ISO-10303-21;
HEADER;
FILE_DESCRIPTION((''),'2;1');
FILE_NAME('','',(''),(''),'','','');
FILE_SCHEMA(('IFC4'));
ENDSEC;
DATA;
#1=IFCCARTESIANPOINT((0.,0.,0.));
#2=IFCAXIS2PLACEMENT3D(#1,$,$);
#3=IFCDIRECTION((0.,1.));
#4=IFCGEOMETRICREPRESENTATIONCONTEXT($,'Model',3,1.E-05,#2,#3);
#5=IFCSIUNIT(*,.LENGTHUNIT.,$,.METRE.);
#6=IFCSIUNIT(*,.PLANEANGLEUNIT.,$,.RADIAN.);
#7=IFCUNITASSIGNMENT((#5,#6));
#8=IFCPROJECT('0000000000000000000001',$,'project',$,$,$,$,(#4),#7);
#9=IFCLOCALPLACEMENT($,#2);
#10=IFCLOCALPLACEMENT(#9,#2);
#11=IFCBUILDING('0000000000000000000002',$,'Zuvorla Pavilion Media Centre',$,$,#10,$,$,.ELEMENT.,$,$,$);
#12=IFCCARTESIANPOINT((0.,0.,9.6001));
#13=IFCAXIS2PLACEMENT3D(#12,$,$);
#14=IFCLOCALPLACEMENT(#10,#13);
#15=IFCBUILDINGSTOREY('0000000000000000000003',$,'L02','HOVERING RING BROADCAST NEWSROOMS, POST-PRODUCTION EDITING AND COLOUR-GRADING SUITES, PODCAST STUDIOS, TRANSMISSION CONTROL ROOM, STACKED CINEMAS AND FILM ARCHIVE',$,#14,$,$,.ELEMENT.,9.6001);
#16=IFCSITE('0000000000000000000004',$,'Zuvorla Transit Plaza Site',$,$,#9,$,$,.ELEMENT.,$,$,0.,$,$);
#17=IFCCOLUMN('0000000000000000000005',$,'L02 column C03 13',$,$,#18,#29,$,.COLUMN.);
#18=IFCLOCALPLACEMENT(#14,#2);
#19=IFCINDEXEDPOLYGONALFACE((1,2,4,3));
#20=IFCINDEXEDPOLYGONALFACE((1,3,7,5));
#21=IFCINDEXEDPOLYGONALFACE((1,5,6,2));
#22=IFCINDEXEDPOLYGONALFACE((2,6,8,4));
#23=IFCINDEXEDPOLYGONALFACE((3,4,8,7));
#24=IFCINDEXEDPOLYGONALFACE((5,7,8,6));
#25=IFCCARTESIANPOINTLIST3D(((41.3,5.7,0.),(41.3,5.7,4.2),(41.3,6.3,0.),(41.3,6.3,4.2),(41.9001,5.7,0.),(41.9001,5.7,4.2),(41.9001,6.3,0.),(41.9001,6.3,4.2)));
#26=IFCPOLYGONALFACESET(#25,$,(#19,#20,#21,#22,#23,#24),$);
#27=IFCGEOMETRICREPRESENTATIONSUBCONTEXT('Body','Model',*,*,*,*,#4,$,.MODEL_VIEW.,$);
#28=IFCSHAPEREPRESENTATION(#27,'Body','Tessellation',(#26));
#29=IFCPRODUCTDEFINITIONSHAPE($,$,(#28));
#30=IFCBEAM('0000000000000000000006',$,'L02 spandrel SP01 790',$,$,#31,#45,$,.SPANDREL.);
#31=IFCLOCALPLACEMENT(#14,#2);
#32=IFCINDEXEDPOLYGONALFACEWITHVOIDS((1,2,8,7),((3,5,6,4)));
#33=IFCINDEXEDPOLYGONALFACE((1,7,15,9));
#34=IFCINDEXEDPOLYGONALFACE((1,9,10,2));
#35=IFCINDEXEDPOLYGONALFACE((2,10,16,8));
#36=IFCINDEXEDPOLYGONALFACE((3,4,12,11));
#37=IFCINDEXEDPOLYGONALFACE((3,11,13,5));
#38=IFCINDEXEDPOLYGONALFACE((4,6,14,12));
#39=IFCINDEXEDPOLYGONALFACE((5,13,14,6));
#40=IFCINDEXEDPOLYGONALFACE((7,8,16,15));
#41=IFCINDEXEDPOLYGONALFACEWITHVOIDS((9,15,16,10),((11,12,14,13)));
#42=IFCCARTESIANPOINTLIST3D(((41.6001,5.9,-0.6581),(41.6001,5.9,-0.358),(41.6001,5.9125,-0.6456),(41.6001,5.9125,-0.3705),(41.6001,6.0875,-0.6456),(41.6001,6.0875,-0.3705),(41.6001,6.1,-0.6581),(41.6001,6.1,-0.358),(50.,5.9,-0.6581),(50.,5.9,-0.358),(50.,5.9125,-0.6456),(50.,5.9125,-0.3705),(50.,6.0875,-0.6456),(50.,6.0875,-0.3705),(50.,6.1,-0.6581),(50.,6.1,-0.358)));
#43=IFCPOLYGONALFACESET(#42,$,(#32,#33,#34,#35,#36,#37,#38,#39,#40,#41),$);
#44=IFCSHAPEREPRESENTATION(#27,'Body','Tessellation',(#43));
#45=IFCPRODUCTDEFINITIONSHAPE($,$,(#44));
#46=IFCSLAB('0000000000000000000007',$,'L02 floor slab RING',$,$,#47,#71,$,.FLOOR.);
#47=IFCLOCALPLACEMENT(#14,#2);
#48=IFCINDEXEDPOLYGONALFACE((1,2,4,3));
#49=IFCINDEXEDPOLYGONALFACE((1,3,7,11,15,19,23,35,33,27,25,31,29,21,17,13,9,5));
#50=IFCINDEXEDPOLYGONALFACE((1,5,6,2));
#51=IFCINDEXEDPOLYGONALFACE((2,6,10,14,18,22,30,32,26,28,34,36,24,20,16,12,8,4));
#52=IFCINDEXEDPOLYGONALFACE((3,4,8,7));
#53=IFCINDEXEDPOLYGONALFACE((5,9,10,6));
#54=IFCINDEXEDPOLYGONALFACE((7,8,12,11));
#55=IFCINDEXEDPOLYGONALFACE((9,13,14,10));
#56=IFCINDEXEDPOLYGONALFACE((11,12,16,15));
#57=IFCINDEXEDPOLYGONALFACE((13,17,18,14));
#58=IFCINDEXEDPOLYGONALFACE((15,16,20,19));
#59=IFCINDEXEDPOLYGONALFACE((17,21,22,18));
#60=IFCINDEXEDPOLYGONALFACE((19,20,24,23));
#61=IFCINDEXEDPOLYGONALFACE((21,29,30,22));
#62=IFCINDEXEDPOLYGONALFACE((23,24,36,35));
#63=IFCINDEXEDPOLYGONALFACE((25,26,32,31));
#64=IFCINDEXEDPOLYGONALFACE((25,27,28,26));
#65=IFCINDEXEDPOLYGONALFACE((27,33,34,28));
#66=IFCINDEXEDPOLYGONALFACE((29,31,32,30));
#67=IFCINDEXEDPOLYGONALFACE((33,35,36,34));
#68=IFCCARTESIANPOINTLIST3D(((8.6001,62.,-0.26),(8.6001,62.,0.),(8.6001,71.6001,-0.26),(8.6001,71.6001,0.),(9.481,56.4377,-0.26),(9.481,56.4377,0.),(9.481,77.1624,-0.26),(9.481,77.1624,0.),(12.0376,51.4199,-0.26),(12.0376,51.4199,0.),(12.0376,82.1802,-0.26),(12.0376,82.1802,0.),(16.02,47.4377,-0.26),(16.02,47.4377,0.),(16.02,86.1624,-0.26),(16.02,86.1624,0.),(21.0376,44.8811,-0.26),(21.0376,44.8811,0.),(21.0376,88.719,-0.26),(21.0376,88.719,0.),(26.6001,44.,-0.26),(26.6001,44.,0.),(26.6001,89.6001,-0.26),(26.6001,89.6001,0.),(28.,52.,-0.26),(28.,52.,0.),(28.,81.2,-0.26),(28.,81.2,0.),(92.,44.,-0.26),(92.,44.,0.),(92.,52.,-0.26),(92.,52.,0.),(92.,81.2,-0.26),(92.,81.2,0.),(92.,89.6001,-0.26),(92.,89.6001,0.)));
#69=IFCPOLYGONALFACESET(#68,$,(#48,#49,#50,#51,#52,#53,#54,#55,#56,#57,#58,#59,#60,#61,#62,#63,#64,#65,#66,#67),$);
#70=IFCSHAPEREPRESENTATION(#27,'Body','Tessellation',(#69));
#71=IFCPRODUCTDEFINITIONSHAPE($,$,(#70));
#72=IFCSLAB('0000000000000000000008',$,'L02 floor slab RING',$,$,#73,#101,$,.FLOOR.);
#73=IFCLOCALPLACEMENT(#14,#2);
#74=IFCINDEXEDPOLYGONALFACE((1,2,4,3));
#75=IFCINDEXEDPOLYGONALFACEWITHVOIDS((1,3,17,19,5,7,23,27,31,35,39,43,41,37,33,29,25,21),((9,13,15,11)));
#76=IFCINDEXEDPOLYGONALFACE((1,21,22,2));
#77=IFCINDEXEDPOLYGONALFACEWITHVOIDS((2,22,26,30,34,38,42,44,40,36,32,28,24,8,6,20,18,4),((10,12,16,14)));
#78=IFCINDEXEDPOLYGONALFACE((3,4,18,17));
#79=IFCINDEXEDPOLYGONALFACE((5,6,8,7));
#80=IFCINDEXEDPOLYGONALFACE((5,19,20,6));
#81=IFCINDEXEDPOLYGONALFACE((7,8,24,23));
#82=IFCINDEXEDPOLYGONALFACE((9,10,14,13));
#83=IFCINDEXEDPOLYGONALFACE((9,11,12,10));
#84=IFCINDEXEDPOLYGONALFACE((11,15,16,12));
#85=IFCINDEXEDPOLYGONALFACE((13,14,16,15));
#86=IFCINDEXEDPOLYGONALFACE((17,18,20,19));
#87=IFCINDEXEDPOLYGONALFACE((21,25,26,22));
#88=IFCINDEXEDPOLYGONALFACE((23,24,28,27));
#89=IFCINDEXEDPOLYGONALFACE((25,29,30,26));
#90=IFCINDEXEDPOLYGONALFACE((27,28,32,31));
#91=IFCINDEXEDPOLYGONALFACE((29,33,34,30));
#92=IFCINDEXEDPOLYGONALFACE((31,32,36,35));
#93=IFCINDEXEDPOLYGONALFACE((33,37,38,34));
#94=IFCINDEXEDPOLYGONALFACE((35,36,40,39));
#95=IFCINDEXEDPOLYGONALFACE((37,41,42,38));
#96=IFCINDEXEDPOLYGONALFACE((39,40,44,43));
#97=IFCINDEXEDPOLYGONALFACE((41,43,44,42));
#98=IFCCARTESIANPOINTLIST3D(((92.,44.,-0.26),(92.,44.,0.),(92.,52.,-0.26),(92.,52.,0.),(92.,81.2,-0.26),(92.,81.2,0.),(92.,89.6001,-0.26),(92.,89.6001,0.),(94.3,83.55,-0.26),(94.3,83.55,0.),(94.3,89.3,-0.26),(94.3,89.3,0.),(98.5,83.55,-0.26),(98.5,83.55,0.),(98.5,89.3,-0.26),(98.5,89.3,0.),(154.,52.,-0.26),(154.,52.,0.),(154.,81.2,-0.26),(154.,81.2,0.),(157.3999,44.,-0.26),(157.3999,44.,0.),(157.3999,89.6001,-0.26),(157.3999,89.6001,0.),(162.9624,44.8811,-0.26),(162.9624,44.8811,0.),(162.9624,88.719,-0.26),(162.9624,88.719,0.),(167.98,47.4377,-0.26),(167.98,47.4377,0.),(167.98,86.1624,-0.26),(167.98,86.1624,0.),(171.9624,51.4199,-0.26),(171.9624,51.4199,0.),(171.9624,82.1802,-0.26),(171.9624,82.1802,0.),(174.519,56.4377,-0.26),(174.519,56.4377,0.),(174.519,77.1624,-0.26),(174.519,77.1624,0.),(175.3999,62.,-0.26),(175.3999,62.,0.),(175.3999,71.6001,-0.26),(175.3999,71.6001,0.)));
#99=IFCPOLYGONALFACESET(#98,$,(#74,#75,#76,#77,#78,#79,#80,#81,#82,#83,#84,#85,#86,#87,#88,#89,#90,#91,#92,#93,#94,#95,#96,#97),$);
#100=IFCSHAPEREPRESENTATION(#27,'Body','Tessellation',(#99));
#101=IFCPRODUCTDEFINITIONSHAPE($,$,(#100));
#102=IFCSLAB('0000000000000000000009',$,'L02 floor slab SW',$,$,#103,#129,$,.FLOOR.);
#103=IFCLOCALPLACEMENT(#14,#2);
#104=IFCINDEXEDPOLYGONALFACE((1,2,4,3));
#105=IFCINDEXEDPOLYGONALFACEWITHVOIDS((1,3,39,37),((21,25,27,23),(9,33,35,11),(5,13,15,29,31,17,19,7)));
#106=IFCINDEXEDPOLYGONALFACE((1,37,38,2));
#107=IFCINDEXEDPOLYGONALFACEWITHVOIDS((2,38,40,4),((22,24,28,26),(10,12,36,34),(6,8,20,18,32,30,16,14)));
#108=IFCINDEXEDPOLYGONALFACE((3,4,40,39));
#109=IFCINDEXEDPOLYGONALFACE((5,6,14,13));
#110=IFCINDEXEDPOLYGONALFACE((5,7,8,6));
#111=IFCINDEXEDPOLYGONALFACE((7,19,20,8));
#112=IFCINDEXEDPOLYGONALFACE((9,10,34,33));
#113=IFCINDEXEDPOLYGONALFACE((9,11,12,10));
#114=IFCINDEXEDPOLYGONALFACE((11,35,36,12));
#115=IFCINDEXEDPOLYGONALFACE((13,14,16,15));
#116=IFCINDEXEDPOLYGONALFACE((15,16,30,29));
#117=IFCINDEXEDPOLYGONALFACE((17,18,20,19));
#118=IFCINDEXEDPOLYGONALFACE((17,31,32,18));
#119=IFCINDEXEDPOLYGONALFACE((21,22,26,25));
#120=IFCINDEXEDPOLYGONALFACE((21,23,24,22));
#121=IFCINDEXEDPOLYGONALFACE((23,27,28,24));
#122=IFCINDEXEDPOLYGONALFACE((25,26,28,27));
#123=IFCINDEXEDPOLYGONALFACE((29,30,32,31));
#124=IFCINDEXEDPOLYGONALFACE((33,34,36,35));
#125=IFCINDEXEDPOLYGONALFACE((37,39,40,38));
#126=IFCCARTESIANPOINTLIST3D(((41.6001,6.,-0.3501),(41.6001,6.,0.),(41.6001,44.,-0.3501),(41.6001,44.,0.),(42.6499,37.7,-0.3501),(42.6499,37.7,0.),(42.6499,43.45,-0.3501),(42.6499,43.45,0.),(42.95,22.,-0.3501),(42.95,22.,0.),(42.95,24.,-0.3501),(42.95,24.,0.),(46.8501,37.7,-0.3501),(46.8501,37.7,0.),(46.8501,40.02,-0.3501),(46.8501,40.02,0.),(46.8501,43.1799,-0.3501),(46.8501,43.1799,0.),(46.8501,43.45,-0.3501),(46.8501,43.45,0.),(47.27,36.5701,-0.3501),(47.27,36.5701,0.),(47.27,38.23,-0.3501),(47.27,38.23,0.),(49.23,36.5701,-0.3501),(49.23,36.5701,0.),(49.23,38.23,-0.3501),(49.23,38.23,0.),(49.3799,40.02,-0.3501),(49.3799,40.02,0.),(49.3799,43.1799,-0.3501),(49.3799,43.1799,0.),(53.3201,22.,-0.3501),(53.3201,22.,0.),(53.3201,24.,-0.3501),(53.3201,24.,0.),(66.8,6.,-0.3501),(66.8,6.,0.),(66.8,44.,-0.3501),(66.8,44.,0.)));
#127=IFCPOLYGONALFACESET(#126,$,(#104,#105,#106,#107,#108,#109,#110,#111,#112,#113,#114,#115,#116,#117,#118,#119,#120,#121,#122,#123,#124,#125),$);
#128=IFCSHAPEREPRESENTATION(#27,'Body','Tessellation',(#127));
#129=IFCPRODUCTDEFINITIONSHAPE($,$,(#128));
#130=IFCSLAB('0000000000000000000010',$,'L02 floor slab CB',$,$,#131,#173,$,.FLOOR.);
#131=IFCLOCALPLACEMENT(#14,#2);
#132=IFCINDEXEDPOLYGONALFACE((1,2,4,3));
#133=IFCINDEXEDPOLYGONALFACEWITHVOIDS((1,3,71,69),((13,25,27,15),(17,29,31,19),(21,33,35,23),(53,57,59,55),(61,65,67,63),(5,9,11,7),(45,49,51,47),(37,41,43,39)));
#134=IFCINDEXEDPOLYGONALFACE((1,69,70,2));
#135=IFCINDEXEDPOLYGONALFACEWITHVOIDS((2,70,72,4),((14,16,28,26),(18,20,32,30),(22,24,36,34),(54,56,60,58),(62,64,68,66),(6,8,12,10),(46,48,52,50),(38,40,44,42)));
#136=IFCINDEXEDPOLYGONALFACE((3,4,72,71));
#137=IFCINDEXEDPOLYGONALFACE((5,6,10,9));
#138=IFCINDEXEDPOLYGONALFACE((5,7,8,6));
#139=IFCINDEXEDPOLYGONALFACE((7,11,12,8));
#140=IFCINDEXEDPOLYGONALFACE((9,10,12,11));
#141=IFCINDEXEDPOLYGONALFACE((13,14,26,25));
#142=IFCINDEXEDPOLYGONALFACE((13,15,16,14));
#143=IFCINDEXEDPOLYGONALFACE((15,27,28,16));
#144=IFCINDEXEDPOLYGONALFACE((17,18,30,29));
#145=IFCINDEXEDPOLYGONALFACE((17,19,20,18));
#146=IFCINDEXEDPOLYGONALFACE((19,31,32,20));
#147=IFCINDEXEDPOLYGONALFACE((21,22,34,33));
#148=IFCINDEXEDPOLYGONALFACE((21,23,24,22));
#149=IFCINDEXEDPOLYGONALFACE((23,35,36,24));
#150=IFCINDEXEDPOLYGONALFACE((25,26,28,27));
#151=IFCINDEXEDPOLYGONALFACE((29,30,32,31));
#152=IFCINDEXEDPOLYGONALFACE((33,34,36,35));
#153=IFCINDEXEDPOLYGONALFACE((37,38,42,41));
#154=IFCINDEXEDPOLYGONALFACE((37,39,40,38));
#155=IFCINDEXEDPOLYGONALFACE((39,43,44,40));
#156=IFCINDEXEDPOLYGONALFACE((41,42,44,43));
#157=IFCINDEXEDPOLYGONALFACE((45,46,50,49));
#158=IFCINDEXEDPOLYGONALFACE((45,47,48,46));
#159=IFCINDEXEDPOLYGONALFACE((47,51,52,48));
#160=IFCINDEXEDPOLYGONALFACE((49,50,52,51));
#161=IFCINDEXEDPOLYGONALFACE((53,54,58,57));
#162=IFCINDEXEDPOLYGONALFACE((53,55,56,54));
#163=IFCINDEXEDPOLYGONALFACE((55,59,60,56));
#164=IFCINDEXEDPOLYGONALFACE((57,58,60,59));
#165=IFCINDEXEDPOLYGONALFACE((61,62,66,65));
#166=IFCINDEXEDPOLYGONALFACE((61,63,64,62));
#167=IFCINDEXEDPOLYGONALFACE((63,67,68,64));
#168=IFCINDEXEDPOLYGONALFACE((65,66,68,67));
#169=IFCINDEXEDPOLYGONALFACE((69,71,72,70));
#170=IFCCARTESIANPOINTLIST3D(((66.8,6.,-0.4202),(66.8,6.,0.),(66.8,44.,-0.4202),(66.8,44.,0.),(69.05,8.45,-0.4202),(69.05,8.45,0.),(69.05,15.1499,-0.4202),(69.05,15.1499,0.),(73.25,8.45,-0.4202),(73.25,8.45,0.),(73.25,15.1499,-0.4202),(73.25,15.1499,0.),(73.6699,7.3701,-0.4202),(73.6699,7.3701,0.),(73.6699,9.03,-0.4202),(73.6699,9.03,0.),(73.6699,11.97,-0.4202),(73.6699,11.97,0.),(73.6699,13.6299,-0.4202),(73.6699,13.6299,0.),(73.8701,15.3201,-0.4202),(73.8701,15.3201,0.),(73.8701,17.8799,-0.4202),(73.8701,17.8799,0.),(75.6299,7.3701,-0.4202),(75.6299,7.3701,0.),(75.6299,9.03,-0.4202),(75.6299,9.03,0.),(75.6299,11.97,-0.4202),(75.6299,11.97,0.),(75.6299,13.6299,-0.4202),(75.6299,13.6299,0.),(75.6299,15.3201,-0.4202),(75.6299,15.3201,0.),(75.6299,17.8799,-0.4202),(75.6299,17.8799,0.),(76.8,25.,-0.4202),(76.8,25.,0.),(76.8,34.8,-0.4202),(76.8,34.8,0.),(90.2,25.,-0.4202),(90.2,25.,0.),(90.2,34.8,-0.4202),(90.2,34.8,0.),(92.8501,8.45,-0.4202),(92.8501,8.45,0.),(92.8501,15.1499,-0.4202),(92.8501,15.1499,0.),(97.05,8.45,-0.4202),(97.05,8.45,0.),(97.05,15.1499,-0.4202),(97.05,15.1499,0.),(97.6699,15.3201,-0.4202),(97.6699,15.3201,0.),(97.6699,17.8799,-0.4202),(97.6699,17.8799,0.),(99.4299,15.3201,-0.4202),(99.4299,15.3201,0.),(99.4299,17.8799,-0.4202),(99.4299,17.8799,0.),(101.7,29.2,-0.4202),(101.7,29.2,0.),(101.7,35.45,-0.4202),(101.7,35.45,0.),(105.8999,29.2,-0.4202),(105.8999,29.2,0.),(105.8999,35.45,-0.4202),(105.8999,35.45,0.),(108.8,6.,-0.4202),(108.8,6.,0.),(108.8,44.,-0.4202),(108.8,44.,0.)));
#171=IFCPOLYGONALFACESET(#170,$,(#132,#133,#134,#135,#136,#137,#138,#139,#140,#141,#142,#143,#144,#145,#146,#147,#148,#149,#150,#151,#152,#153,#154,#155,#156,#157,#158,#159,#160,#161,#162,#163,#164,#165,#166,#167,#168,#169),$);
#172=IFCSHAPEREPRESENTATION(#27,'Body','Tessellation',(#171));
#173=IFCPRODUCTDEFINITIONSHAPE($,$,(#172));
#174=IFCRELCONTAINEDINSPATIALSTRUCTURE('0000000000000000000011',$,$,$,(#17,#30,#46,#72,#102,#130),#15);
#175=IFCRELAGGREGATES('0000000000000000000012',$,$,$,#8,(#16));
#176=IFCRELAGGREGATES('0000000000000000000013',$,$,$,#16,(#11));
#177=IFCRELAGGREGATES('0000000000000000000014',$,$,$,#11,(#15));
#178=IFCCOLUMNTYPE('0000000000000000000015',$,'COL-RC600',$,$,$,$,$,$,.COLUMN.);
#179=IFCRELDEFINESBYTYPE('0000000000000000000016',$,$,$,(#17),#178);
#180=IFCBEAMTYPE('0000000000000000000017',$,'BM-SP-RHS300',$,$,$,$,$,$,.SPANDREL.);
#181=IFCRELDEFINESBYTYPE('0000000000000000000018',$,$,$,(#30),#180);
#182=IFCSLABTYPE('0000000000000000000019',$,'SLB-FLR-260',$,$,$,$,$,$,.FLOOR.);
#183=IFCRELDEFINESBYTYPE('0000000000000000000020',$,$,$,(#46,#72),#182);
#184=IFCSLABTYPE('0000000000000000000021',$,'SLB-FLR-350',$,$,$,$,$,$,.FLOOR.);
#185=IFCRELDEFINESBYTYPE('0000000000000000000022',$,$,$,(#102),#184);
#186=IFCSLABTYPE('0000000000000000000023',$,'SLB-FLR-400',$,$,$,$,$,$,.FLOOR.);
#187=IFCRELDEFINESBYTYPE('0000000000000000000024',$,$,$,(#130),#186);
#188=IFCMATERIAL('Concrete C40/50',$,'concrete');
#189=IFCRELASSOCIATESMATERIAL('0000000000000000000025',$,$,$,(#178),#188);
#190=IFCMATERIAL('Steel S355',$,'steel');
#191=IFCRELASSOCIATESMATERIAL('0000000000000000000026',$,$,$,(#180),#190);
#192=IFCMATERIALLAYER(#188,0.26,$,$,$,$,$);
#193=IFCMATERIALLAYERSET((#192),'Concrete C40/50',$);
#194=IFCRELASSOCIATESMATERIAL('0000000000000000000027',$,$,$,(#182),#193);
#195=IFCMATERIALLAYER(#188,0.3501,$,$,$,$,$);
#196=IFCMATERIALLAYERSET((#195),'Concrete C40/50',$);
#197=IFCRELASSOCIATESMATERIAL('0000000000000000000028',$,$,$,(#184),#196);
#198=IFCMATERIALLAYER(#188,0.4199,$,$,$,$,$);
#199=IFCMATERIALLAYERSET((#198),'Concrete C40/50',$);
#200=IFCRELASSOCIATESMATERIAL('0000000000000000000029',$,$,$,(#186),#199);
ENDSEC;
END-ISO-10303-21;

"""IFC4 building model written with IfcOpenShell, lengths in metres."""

from ifc_helpers import new_model, si_unit, direction, frame, origin, origin_2d, place, context, subcontext, project, spatial, polyline, rectangle, hollow_rectangle, outline, extrude, material, layer, layer_set, material_profile, profile_set, type_object, element, save


model = new_model("IFC4")

# Units and contexts
model_context = context("Model", 3, precision=1e-05, world=origin(), true_north=direction((0.0, 1.0)))
body_context = subcontext(model_context, "Body", "Model", "MODEL_VIEW")
ifc_project = project(units=[si_unit("LENGTHUNIT", "METRE"), si_unit("PLANEANGLEUNIT", "RADIAN")], contexts=[model_context])

# Site, building, storey
site_placement = place(None, origin())
site = spatial("IfcSite", under=ifc_project, at=site_placement, Name="Zuvorla Transit Plaza Site", CompositionType="ELEMENT", RefElevation=0.0)
building_placement = place(site_placement, origin())
building = spatial("IfcBuilding", under=site, at=building_placement, Name="Zuvorla Pavilion Media Centre", CompositionType="ELEMENT")
storey_placement = place(building_placement, frame((0.0, 0.0, 9.6001)))
storey = spatial("IfcBuildingStorey", under=building, at=storey_placement, Name="L02", Description="HOVERING RING BROADCAST NEWSROOMS, POST-PRODUCTION EDITING AND COLOUR-GRADING SUITES, PODCAST STUDIOS, TRANSMISSION CONTROL ROOM, STACKED CINEMAS AND FILM ARCHIVE", CompositionType="ELEMENT", Elevation=9.6001)

# Column
ifc_material_1 = material(Name="Concrete C40/50", Category="concrete")
ifc_material_profile_1 = material_profile(ifc_material_1, rectangle(XDim=0.6001, YDim=0.6001, at=origin_2d()), Name="RC 600x600")
ifc_profile_set_1 = profile_set([ifc_material_profile_1], Name="Concrete C40/50")
column_type = type_object("IfcColumnType", Name="COL-RC600", PredefinedType="COLUMN", material=ifc_profile_set_1)
column_placement = place(storey_placement, frame((41.6001, 6.0, 0.0), z_axis=(0.0, 0.0, 1.0), x_axis=(1.0, 0.0, 0.0)))
element("IfcColumn", 1, at=column_placement, inside=storey, type_object=column_type, Name="L02 column C03 13", PredefinedType="COLUMN", context=body_context, shape_type="SweptSolid", body=[
    extrude(rectangle(XDim=0.6001, YDim=0.6001, at=origin_2d()), origin(), (0.0, 0.0, 1.0), 4.2),
])

# Beam
ifc_material_2 = material(Name="Steel S355", Category="steel")
ifc_material_profile_2 = material_profile(ifc_material_2, hollow_rectangle(XDim=0.2, YDim=0.3, WallThickness=0.0125, at=origin_2d()), Name="RHS 300x200x12.5")
ifc_profile_set_2 = profile_set([ifc_material_profile_2], Name="Steel S355")
beam_type = type_object("IfcBeamType", Name="BM-SP-RHS300", PredefinedType="SPANDREL", material=ifc_profile_set_2)
beam_placement = place(storey_placement, frame((41.6001, 6.0, -0.5081), z_axis=(1.0, 0.0, 0.0), x_axis=(0.0, 1.0, 0.0)))
element("IfcBeam", 2, at=beam_placement, inside=storey, type_object=beam_type, Name="L02 spandrel SP01 790", PredefinedType="SPANDREL", context=body_context, shape_type="SweptSolid", body=[
    extrude(hollow_rectangle(XDim=0.2, YDim=0.3, WallThickness=0.0125, at=origin_2d()), origin(), (0.0, 0.0, 1.0), 8.3999),
])

# Slabs
ifc_layer_1 = layer(ifc_material_1, 0.26)
ifc_layer_set_1 = layer_set([ifc_layer_1], Name="Concrete C40/50")
slab_type_1 = type_object("IfcSlabType", Name="SLB-FLR-260", PredefinedType="FLOOR", material=ifc_layer_set_1)
slab_1_placement = place(storey_placement, frame((0.0, 0.0, -0.26)))
element("IfcSlab", 3, at=slab_1_placement, inside=storey, type_object=slab_type_1, Name="L02 floor slab RING", PredefinedType="FLOOR", context=body_context, shape_type="SweptSolid", body=[
    extrude(outline(polyline([(21.0376, 44.8811), (16.02, 47.4377), (12.0376, 51.4199), (9.481, 56.4377), (8.6001, 62.0), (8.6001, 71.6001), (9.481, 77.1624), (12.0376, 82.1802), (16.02, 86.1624), (21.0376, 88.719), (26.6001, 89.6001), (92.0, 89.6001), (92.0, 81.2), (28.0, 81.2), (28.0, 52.0), (92.0, 52.0), (92.0, 44.0), (26.6001, 44.0), (21.0376, 44.8811)])), origin(), (0.0, 0.0, 1.0), 0.26),
])
slab_2_placement = place(storey_placement, frame((0.0, 0.0, -0.26)))
element("IfcSlab", 4, at=slab_2_placement, inside=storey, type_object=slab_type_1, Name="L02 floor slab RING", PredefinedType="FLOOR", context=body_context, shape_type="SweptSolid", body=[
    extrude(outline(polyline([(162.9624, 88.719), (167.98, 86.1624), (171.9624, 82.1802), (174.519, 77.1624), (175.3999, 71.6001), (175.3999, 62.0), (174.519, 56.4377), (171.9624, 51.4199), (167.98, 47.4377), (162.9624, 44.8811), (157.3999, 44.0), (92.0, 44.0), (92.0, 52.0), (154.0, 52.0), (154.0, 81.2), (92.0, 81.2), (92.0, 89.6001), (157.3999, 89.6001), (162.9624, 88.719)]), holes=[polyline([(98.5, 89.3), (94.3, 89.3), (94.3, 83.55), (98.5, 83.55), (98.5, 89.3)])]), origin(), (0.0, 0.0, 1.0), 0.26),
])
ifc_layer_2 = layer(ifc_material_1, 0.3501)
ifc_layer_set_2 = layer_set([ifc_layer_2], Name="Concrete C40/50")
slab_type_2 = type_object("IfcSlabType", Name="SLB-FLR-350", PredefinedType="FLOOR", material=ifc_layer_set_2)
slab_3_placement = place(storey_placement, frame((0.0, 0.0, -0.3501)))
element("IfcSlab", 5, at=slab_3_placement, inside=storey, type_object=slab_type_2, Name="L02 floor slab SW", PredefinedType="FLOOR", context=body_context, shape_type="SweptSolid", body=[
    extrude(outline(polyline([(41.6001, 6.0), (41.6001, 44.0), (66.8, 44.0), (66.8, 6.0), (41.6001, 6.0)]), holes=[polyline([(42.95, 22.0), (53.3201, 22.0), (53.3201, 24.0), (42.95, 24.0), (42.95, 22.0)]), polyline([(47.27, 36.5701), (49.23, 36.5701), (49.23, 38.23), (47.27, 38.23), (47.27, 36.5701)]), polyline([(46.8501, 37.7), (46.8501, 40.02), (49.3799, 40.02), (49.3799, 43.1799), (46.8501, 43.1799), (46.8501, 43.45), (42.6499, 43.45), (42.6499, 37.7), (46.8501, 37.7)])]), origin(), (0.0, 0.0, 1.0), 0.3501),
])
ifc_layer_3 = layer(ifc_material_1, 0.4199)
ifc_layer_set_3 = layer_set([ifc_layer_3], Name="Concrete C40/50")
slab_type_3 = type_object("IfcSlabType", Name="SLB-FLR-400", PredefinedType="FLOOR", material=ifc_layer_set_3)
slab_4_placement = place(storey_placement, frame((0.0, 0.0, -0.4202)))
element("IfcSlab", 6, at=slab_4_placement, inside=storey, type_object=slab_type_3, Name="L02 floor slab CB", PredefinedType="FLOOR", context=body_context, shape_type="SweptSolid", body=[
    extrude(outline(polyline([(66.8, 6.0), (66.8, 44.0), (108.8, 44.0), (108.8, 6.0), (66.8, 6.0)]), holes=[polyline([(73.6699, 9.03), (73.6699, 7.3701), (75.6299, 7.3701), (75.6299, 9.03), (73.6699, 9.03)]), polyline([(69.05, 15.1499), (69.05, 8.45), (73.25, 8.45), (73.25, 15.1499), (69.05, 15.1499)]), polyline([(92.8501, 15.1499), (92.8501, 8.45), (97.05, 8.45), (97.05, 15.1499), (92.8501, 15.1499)]), polyline([(73.6699, 13.6299), (73.6699, 11.97), (75.6299, 11.97), (75.6299, 13.6299), (73.6699, 13.6299)]), polyline([(73.8701, 17.8799), (73.8701, 15.3201), (75.6299, 15.3201), (75.6299, 17.8799), (73.8701, 17.8799)]), polyline([(97.6699, 17.8799), (97.6699, 15.3201), (99.4299, 15.3201), (99.4299, 17.8799), (97.6699, 17.8799)]), polyline([(76.8, 34.8), (76.8, 25.0), (90.2, 25.0), (90.2, 34.8), (76.8, 34.8)]), polyline([(101.7, 35.45), (101.7, 29.2), (105.8999, 29.2), (105.8999, 35.45), (101.7, 35.45)])]), origin(), (0.0, 0.0, 1.0), 0.4202),
])

save(model, "model.ifc")
